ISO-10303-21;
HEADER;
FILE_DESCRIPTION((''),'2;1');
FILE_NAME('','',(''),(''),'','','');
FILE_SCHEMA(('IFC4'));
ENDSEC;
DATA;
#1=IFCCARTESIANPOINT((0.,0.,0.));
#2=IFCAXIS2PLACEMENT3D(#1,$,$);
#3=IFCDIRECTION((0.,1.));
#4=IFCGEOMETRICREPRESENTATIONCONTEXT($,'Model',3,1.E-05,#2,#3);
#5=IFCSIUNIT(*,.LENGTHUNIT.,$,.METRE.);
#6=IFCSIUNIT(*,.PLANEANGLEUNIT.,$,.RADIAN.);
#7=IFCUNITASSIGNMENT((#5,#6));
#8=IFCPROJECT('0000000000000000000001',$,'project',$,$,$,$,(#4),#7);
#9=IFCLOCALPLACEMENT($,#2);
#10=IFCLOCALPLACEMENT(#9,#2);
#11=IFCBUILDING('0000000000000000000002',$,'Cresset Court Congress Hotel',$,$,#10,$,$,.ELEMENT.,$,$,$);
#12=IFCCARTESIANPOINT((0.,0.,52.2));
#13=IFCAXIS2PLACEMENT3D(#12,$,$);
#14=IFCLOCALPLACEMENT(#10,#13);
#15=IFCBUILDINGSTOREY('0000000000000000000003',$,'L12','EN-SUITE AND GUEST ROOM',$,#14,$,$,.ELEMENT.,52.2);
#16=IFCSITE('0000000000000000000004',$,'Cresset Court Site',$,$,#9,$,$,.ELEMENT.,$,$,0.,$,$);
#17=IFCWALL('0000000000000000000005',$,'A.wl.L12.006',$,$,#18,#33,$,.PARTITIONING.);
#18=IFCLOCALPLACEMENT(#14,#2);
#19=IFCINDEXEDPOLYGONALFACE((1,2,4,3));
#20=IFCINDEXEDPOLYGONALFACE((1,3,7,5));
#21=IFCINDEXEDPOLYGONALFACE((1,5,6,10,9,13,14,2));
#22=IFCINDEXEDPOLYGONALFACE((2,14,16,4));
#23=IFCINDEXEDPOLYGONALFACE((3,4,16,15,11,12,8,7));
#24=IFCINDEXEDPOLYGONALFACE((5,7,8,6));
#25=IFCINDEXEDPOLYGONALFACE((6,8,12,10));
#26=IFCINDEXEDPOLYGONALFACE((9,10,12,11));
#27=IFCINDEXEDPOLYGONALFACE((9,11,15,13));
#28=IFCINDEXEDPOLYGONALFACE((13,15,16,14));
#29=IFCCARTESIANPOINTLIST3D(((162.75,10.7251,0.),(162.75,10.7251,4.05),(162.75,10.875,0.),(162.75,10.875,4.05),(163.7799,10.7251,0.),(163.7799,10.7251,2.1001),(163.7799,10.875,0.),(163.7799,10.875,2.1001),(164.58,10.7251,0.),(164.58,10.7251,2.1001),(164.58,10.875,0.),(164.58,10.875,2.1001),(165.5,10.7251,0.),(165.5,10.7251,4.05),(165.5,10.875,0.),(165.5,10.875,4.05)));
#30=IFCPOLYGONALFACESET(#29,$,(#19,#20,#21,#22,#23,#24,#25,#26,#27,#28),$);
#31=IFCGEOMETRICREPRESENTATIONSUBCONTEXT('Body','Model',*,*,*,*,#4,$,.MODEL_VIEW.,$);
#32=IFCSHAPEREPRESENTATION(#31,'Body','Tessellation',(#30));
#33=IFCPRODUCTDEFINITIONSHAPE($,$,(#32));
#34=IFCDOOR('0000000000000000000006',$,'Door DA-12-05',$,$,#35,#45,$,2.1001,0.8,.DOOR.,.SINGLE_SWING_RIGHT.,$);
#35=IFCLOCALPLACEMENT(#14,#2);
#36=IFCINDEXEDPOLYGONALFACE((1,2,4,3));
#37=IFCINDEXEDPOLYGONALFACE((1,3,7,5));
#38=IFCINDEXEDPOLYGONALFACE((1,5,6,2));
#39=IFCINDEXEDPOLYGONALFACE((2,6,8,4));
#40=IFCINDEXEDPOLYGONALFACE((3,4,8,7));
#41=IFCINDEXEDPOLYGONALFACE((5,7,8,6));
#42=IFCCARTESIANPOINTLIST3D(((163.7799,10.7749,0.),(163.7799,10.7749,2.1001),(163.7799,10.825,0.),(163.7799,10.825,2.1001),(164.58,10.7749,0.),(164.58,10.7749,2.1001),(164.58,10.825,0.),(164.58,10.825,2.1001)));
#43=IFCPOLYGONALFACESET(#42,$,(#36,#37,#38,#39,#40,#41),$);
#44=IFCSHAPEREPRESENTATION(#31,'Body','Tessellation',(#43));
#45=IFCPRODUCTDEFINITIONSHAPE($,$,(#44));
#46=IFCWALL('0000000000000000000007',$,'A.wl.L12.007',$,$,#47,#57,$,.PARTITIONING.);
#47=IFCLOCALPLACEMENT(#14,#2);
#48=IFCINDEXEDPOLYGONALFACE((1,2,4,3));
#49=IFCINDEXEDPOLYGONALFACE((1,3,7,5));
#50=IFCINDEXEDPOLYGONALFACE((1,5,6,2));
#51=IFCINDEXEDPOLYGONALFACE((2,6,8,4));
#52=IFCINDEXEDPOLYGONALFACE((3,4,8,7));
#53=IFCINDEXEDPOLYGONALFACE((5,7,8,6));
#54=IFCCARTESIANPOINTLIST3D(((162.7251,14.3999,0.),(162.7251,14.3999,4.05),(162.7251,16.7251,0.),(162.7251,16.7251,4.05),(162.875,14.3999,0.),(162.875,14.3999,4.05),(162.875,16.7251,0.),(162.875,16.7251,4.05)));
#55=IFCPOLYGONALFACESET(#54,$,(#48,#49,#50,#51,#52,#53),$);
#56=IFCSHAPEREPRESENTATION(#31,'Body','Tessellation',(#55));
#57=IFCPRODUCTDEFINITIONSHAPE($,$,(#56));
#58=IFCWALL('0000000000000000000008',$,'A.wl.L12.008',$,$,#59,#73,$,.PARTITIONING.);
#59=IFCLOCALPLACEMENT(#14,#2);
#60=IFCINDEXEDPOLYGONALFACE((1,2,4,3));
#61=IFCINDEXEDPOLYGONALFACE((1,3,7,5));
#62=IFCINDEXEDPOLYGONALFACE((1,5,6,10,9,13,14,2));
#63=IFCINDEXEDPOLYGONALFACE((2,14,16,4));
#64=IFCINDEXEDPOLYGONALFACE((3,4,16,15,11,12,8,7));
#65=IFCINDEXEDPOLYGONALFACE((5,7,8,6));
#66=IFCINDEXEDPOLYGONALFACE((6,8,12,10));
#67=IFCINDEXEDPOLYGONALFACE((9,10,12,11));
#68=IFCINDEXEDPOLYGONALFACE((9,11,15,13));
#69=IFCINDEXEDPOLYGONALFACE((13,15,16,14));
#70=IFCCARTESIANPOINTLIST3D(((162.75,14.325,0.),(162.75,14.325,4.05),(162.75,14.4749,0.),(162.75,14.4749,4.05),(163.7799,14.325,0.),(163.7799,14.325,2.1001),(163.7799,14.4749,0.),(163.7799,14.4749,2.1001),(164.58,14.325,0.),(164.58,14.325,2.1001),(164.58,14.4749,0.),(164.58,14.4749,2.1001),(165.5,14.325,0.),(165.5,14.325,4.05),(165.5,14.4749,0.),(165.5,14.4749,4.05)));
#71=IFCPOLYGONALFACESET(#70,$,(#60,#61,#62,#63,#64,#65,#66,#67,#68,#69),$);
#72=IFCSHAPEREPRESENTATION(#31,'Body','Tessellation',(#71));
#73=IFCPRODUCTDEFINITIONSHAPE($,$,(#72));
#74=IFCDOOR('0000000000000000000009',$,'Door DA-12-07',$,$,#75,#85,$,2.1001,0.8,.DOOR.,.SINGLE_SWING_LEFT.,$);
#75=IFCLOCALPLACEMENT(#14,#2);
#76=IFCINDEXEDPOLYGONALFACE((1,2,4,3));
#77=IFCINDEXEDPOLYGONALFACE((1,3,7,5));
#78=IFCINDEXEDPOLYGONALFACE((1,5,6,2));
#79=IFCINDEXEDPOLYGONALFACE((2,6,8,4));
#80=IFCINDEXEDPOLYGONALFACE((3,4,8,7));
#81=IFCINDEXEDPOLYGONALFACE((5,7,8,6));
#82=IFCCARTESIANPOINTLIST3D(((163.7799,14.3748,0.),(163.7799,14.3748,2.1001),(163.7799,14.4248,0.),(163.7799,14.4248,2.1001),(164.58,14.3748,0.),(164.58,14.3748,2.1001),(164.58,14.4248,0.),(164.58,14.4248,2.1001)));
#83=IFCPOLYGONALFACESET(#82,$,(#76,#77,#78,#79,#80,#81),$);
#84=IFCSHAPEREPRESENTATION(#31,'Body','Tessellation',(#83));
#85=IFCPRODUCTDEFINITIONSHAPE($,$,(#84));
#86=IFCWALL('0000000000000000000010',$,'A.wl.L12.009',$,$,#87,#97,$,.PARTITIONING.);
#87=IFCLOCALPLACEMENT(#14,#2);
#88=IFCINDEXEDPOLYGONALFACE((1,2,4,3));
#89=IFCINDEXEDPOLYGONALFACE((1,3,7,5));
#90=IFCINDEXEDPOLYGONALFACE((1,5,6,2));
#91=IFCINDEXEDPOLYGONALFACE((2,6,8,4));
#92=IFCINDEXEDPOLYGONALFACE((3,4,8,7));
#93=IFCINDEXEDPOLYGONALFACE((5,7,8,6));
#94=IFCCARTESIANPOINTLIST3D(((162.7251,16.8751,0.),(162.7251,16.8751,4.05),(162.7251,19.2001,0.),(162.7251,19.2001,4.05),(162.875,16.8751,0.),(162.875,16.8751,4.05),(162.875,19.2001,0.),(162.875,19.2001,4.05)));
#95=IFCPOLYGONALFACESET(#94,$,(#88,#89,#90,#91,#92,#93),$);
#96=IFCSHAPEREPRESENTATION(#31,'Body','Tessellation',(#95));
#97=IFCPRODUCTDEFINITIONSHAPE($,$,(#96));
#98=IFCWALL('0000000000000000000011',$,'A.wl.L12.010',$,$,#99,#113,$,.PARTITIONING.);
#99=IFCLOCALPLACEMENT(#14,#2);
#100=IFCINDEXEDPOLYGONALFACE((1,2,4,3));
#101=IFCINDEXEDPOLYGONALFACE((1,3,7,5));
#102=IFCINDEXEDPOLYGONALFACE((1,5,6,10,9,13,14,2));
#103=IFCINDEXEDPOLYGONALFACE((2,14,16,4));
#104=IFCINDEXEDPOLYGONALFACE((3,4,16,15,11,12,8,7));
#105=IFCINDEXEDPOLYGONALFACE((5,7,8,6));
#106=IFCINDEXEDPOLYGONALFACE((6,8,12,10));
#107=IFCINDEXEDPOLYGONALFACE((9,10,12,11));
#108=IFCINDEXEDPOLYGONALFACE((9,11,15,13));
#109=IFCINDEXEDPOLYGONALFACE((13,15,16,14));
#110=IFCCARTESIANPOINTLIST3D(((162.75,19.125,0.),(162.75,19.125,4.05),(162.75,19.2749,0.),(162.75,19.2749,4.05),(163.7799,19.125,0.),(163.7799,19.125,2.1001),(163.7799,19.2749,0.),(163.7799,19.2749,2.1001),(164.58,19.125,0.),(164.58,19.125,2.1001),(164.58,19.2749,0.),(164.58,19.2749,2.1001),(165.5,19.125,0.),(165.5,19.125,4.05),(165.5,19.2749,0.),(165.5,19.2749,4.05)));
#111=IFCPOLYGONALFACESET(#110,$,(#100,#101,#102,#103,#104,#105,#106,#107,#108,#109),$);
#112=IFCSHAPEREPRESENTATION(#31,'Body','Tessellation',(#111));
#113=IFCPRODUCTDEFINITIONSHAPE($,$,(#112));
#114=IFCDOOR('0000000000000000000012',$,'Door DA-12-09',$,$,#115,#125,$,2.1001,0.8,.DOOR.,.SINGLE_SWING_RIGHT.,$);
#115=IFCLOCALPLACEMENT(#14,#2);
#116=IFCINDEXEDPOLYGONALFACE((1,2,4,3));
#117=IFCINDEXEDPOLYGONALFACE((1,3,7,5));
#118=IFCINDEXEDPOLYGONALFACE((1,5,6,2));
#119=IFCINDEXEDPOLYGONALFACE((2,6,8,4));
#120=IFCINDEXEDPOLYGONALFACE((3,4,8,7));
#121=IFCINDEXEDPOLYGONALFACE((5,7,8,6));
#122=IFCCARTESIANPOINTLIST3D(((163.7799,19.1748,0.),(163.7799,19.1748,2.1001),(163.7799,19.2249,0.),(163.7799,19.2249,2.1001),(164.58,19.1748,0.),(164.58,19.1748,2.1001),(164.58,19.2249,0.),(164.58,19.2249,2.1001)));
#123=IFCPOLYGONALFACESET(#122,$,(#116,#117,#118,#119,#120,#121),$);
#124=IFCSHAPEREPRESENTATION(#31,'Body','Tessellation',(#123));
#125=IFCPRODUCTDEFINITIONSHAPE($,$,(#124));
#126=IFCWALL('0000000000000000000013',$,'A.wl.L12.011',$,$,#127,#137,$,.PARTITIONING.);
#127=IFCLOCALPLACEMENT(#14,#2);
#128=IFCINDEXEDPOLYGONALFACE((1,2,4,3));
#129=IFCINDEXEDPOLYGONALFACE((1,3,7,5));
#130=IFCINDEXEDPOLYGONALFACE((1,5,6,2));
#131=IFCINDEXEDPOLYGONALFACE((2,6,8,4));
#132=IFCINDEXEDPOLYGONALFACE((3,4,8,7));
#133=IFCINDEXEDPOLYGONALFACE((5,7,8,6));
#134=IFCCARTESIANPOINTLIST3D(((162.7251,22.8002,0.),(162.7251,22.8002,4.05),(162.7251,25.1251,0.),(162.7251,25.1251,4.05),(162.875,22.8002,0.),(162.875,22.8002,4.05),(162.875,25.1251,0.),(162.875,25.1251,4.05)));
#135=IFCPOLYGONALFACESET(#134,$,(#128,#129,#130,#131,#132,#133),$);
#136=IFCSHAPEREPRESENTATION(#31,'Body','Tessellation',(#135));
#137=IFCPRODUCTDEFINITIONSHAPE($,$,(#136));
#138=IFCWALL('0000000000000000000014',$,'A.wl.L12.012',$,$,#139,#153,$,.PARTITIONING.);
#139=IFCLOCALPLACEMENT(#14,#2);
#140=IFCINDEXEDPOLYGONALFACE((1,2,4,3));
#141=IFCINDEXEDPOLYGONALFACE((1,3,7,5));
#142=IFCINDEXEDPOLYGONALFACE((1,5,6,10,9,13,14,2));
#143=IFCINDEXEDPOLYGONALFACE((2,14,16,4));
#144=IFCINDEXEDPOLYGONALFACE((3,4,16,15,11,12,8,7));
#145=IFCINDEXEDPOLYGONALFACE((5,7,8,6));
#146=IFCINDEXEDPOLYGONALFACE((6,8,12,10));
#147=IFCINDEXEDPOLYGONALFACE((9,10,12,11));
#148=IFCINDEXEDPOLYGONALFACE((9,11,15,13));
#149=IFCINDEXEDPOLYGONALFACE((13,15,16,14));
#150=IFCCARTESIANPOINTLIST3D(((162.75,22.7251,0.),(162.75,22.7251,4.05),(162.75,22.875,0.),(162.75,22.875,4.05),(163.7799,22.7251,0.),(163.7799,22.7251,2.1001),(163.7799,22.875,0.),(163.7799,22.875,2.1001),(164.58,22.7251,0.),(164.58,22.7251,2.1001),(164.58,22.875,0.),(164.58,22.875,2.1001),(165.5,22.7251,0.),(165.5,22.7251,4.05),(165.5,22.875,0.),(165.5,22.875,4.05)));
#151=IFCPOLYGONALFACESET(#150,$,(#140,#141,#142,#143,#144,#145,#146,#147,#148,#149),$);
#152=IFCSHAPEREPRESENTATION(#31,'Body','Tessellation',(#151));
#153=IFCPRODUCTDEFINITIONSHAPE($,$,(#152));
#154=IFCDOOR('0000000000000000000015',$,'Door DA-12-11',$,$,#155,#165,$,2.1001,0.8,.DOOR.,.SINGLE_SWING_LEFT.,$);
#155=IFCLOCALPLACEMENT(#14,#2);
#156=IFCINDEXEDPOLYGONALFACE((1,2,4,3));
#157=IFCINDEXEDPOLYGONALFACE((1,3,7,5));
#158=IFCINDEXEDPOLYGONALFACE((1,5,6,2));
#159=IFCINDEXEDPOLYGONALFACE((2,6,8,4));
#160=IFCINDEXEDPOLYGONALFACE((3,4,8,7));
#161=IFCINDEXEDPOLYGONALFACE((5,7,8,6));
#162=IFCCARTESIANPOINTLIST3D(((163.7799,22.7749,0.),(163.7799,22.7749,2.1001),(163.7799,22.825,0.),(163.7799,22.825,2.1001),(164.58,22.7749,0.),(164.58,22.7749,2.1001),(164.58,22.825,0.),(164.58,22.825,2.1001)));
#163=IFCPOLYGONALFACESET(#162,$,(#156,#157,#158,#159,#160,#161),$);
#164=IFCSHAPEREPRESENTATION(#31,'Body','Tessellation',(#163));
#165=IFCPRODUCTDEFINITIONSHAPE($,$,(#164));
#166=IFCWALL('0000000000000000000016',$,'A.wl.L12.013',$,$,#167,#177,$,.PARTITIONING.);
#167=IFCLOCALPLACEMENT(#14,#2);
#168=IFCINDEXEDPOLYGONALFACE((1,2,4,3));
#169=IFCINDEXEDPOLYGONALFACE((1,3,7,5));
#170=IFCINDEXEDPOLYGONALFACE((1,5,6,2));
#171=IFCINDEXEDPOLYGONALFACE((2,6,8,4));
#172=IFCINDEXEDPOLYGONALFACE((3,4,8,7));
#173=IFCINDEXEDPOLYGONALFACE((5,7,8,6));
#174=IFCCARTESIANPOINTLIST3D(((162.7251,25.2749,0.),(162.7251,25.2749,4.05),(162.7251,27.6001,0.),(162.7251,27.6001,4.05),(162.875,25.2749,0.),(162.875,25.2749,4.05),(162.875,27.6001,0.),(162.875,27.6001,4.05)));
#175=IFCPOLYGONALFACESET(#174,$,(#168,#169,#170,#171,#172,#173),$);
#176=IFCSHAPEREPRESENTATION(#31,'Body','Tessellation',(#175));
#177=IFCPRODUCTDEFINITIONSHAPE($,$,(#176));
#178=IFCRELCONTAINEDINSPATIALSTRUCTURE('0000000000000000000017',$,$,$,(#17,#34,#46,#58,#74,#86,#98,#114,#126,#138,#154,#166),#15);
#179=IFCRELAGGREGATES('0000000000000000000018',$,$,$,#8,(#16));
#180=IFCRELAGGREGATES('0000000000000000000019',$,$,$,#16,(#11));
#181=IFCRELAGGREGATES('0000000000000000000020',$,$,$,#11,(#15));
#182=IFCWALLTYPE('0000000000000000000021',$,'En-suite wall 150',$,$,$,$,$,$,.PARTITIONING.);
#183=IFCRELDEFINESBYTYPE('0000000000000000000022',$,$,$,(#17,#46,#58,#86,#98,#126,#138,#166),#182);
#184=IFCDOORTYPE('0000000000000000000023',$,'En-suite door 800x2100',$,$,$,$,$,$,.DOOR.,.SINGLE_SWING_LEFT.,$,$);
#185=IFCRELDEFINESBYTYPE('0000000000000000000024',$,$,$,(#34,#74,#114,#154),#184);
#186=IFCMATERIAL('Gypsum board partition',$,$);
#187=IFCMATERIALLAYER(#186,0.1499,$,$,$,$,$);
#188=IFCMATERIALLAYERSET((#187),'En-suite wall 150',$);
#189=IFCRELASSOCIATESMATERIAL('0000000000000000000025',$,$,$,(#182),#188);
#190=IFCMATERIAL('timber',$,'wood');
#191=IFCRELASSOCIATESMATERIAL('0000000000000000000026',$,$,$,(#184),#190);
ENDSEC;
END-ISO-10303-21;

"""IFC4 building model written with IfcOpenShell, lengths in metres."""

from ifc_helpers import new_model, si_unit, direction, frame, frame_2d, origin, place, context, subcontext, project, spatial, rectangle, extrude, material, layer, layer_set, type_object, element, fill, save


model = new_model("IFC4")

# Units and contexts
model_context = context("Model", 3, precision=1e-05, world=origin(), true_north=direction((0.0, 1.0)))
body_context = subcontext(model_context, "Body", "Model", "MODEL_VIEW")
ifc_project = project(units=[si_unit("LENGTHUNIT", "METRE"), si_unit("PLANEANGLEUNIT", "RADIAN")], contexts=[model_context])

# Site, building, storey
site_placement = place(None, origin())
site = spatial("IfcSite", under=ifc_project, at=site_placement, Name="Cresset Court Site", CompositionType="ELEMENT", RefElevation=0.0)
building_placement = place(site_placement, origin())
building = spatial("IfcBuilding", under=site, at=building_placement, Name="Cresset Court Congress Hotel", CompositionType="ELEMENT")
storey_placement = place(building_placement, frame((0.0, 0.0, 52.2)))
storey = spatial("IfcBuildingStorey", under=building, at=storey_placement, Name="L12", Description="EN-SUITE AND GUEST ROOM", CompositionType="ELEMENT", Elevation=52.2)

# Wall, opening, door
ifc_material_1 = material(Name="Gypsum board partition")
ifc_layer_1 = layer(ifc_material_1, 0.1499)
ifc_layer_set_1 = layer_set([ifc_layer_1], Name="En-suite wall 150")
wall_type_1 = type_object("IfcWallType", Name="En-suite wall 150", PredefinedType="PARTITIONING", material=ifc_layer_set_1)
wall_1_placement = place(storey_placement, frame((162.75, 10.8, 0.0), z_axis=(0.0, 0.0, 1.0), x_axis=(1.0, 0.0, 0.0)))
wall_1 = element("IfcWall", 1, at=wall_1_placement, inside=storey, type_object=wall_type_1, Name="A.wl.L12.006", PredefinedType="PARTITIONING", context=body_context, shape_type="SweptSolid", body=[
    extrude(rectangle(XDim=2.75, YDim=0.1499, at=frame_2d((1.375, 0.0))), origin(), (0.0, 0.0, 1.0), 4.05),
])
opening_1_placement = place(wall_1_placement, frame((1.03, 0.0, 0.0)))
opening_1 = element("IfcOpeningElement", 2, at=opening_1_placement, cuts=wall_1, PredefinedType="OPENING", context=body_context, shape_type="SweptSolid", body=[
    extrude(rectangle(XDim=0.8, YDim=2.1001, at=frame_2d((0.3999, 1.05))), frame((0.0, 0.085, 0.0), z_axis=(0.0, -1.0, 0.0), x_axis=(1.0, 0.0, 0.0)), (0.0, 0.0, 1.0), 0.1699),
])
ifc_material_2 = material(Name="timber", Category="wood")
door_type = type_object("IfcDoorType", Name="En-suite door 800x2100", OperationType="SINGLE_SWING_LEFT", PredefinedType="DOOR", material=ifc_material_2)
door_1_placement = place(opening_1_placement, origin())
door_1 = element("IfcDoor", 3, at=door_1_placement, inside=storey, type_object=door_type, Name="Door DA-12-05", OperationType="SINGLE_SWING_RIGHT", OverallHeight=2.1001, OverallWidth=0.8, PredefinedType="DOOR", context=body_context, shape_type="SweptSolid", body=[
    extrude(rectangle(XDim=0.8, YDim=2.1001, at=frame_2d((0.3999, 1.05))), frame((0.0, 0.0249, 0.0), z_axis=(0.0, -1.0, 0.0), x_axis=(1.0, 0.0, 0.0)), (0.0, 0.0, 1.0), 0.05),
])
fill(opening_1, door_1)

# Wall
wall_2_placement = place(storey_placement, frame((162.8, 14.3999, 0.0), z_axis=(0.0, 0.0, 1.0), x_axis=(0.0, 1.0, 0.0)))
element("IfcWall", 4, at=wall_2_placement, inside=storey, type_object=wall_type_1, Name="A.wl.L12.007", PredefinedType="PARTITIONING", context=body_context, shape_type="SweptSolid", body=[
    extrude(rectangle(XDim=2.3252, YDim=0.1499, at=frame_2d((1.1626, 0.0))), origin(), (0.0, 0.0, 1.0), 4.05),
])

# Wall, opening, door
wall_3_placement = place(storey_placement, frame((162.75, 14.3999, 0.0), z_axis=(0.0, 0.0, 1.0), x_axis=(1.0, 0.0, 0.0)))
wall_3 = element("IfcWall", 5, at=wall_3_placement, inside=storey, type_object=wall_type_1, Name="A.wl.L12.008", PredefinedType="PARTITIONING", context=body_context, shape_type="SweptSolid", body=[
    extrude(rectangle(XDim=2.75, YDim=0.1499, at=frame_2d((1.375, 0.0))), origin(), (0.0, 0.0, 1.0), 4.05),
])
opening_2_placement = place(wall_3_placement, frame((1.03, 0.0, 0.0)))
opening_2 = element("IfcOpeningElement", 6, at=opening_2_placement, cuts=wall_3, PredefinedType="OPENING", context=body_context, shape_type="SweptSolid", body=[
    extrude(rectangle(XDim=0.8, YDim=2.1001, at=frame_2d((0.3999, 1.05))), frame((0.0, 0.085, 0.0), z_axis=(0.0, -1.0, 0.0), x_axis=(1.0, 0.0, 0.0)), (0.0, 0.0, 1.0), 0.1699),
])
door_2_placement = place(opening_2_placement, origin())
door_2 = element("IfcDoor", 7, at=door_2_placement, inside=storey, type_object=door_type, Name="Door DA-12-07", OperationType="SINGLE_SWING_LEFT", OverallHeight=2.1001, OverallWidth=0.8, PredefinedType="DOOR", context=body_context, shape_type="SweptSolid", body=[
    extrude(rectangle(XDim=0.8, YDim=2.1001, at=frame_2d((0.3999, 1.05))), frame((0.0, 0.0249, 0.0), z_axis=(0.0, -1.0, 0.0), x_axis=(1.0, 0.0, 0.0)), (0.0, 0.0, 1.0), 0.05),
])
fill(opening_2, door_2)

# Wall
wall_4_placement = place(storey_placement, frame((162.8, 16.875, 0.0), z_axis=(0.0, 0.0, 1.0), x_axis=(0.0, 1.0, 0.0)))
element("IfcWall", 8, at=wall_4_placement, inside=storey, type_object=wall_type_1, Name="A.wl.L12.009", PredefinedType="PARTITIONING", context=body_context, shape_type="SweptSolid", body=[
    extrude(rectangle(XDim=2.325, YDim=0.1499, at=frame_2d((1.1626, 0.0))), origin(), (0.0, 0.0, 1.0), 4.05),
])

# Wall, opening, door
wall_5_placement = place(storey_placement, frame((162.75, 19.2, 0.0), z_axis=(0.0, 0.0, 1.0), x_axis=(1.0, 0.0, 0.0)))
wall_5 = element("IfcWall", 9, at=wall_5_placement, inside=storey, type_object=wall_type_1, Name="A.wl.L12.010", PredefinedType="PARTITIONING", context=body_context, shape_type="SweptSolid", body=[
    extrude(rectangle(XDim=2.75, YDim=0.1499, at=frame_2d((1.375, 0.0))), origin(), (0.0, 0.0, 1.0), 4.05),
])
opening_3_placement = place(wall_5_placement, frame((1.03, 0.0, 0.0)))
opening_3 = element("IfcOpeningElement", 10, at=opening_3_placement, cuts=wall_5, PredefinedType="OPENING", context=body_context, shape_type="SweptSolid", body=[
    extrude(rectangle(XDim=0.8, YDim=2.1001, at=frame_2d((0.3999, 1.05))), frame((0.0, 0.085, 0.0), z_axis=(0.0, -1.0, 0.0), x_axis=(1.0, 0.0, 0.0)), (0.0, 0.0, 1.0), 0.1699),
])
door_3_placement = place(opening_3_placement, origin())
door_3 = element("IfcDoor", 11, at=door_3_placement, inside=storey, type_object=door_type, Name="Door DA-12-09", OperationType="SINGLE_SWING_RIGHT", OverallHeight=2.1001, OverallWidth=0.8, PredefinedType="DOOR", context=body_context, shape_type="SweptSolid", body=[
    extrude(rectangle(XDim=0.8, YDim=2.1001, at=frame_2d((0.3999, 1.05))), frame((0.0, 0.0249, 0.0), z_axis=(0.0, -1.0, 0.0), x_axis=(1.0, 0.0, 0.0)), (0.0, 0.0, 1.0), 0.05),
])
fill(opening_3, door_3)

# Wall
wall_6_placement = place(storey_placement, frame((162.8, 22.8, 0.0), z_axis=(0.0, 0.0, 1.0), x_axis=(0.0, 1.0, 0.0)))
element("IfcWall", 12, at=wall_6_placement, inside=storey, type_object=wall_type_1, Name="A.wl.L12.011", PredefinedType="PARTITIONING", context=body_context, shape_type="SweptSolid", body=[
    extrude(rectangle(XDim=2.325, YDim=0.1499, at=frame_2d((1.1626, 0.0))), origin(), (0.0, 0.0, 1.0), 4.05),
])

# Wall, opening, door
wall_7_placement = place(storey_placement, frame((162.75, 22.8, 0.0), z_axis=(0.0, 0.0, 1.0), x_axis=(1.0, 0.0, 0.0)))
wall_7 = element("IfcWall", 13, at=wall_7_placement, inside=storey, type_object=wall_type_1, Name="A.wl.L12.012", PredefinedType="PARTITIONING", context=body_context, shape_type="SweptSolid", body=[
    extrude(rectangle(XDim=2.75, YDim=0.1499, at=frame_2d((1.375, 0.0))), origin(), (0.0, 0.0, 1.0), 4.05),
])
opening_4_placement = place(wall_7_placement, frame((1.03, 0.0, 0.0)))
opening_4 = element("IfcOpeningElement", 14, at=opening_4_placement, cuts=wall_7, PredefinedType="OPENING", context=body_context, shape_type="SweptSolid", body=[
    extrude(rectangle(XDim=0.8, YDim=2.1001, at=frame_2d((0.3999, 1.05))), frame((0.0, 0.085, 0.0), z_axis=(0.0, -1.0, 0.0), x_axis=(1.0, 0.0, 0.0)), (0.0, 0.0, 1.0), 0.1699),
])
door_4_placement = place(opening_4_placement, origin())
door_4 = element("IfcDoor", 15, at=door_4_placement, inside=storey, type_object=door_type, Name="Door DA-12-11", OperationType="SINGLE_SWING_LEFT", OverallHeight=2.1001, OverallWidth=0.8, PredefinedType="DOOR", context=body_context, shape_type="SweptSolid", body=[
    extrude(rectangle(XDim=0.8, YDim=2.1001, at=frame_2d((0.3999, 1.05))), frame((0.0, 0.0249, 0.0), z_axis=(0.0, -1.0, 0.0), x_axis=(1.0, 0.0, 0.0)), (0.0, 0.0, 1.0), 0.05),
])
fill(opening_4, door_4)

# Wall
wall_8_placement = place(storey_placement, frame((162.8, 25.2749, 0.0), z_axis=(0.0, 0.0, 1.0), x_axis=(0.0, 1.0, 0.0)))
element("IfcWall", 16, at=wall_8_placement, inside=storey, type_object=wall_type_1, Name="A.wl.L12.013", PredefinedType="PARTITIONING", context=body_context, shape_type="SweptSolid", body=[
    extrude(rectangle(XDim=2.3252, YDim=0.1499, at=frame_2d((1.1626, 0.0))), origin(), (0.0, 0.0, 1.0), 4.05),
])

save(model, "model.ifc")
